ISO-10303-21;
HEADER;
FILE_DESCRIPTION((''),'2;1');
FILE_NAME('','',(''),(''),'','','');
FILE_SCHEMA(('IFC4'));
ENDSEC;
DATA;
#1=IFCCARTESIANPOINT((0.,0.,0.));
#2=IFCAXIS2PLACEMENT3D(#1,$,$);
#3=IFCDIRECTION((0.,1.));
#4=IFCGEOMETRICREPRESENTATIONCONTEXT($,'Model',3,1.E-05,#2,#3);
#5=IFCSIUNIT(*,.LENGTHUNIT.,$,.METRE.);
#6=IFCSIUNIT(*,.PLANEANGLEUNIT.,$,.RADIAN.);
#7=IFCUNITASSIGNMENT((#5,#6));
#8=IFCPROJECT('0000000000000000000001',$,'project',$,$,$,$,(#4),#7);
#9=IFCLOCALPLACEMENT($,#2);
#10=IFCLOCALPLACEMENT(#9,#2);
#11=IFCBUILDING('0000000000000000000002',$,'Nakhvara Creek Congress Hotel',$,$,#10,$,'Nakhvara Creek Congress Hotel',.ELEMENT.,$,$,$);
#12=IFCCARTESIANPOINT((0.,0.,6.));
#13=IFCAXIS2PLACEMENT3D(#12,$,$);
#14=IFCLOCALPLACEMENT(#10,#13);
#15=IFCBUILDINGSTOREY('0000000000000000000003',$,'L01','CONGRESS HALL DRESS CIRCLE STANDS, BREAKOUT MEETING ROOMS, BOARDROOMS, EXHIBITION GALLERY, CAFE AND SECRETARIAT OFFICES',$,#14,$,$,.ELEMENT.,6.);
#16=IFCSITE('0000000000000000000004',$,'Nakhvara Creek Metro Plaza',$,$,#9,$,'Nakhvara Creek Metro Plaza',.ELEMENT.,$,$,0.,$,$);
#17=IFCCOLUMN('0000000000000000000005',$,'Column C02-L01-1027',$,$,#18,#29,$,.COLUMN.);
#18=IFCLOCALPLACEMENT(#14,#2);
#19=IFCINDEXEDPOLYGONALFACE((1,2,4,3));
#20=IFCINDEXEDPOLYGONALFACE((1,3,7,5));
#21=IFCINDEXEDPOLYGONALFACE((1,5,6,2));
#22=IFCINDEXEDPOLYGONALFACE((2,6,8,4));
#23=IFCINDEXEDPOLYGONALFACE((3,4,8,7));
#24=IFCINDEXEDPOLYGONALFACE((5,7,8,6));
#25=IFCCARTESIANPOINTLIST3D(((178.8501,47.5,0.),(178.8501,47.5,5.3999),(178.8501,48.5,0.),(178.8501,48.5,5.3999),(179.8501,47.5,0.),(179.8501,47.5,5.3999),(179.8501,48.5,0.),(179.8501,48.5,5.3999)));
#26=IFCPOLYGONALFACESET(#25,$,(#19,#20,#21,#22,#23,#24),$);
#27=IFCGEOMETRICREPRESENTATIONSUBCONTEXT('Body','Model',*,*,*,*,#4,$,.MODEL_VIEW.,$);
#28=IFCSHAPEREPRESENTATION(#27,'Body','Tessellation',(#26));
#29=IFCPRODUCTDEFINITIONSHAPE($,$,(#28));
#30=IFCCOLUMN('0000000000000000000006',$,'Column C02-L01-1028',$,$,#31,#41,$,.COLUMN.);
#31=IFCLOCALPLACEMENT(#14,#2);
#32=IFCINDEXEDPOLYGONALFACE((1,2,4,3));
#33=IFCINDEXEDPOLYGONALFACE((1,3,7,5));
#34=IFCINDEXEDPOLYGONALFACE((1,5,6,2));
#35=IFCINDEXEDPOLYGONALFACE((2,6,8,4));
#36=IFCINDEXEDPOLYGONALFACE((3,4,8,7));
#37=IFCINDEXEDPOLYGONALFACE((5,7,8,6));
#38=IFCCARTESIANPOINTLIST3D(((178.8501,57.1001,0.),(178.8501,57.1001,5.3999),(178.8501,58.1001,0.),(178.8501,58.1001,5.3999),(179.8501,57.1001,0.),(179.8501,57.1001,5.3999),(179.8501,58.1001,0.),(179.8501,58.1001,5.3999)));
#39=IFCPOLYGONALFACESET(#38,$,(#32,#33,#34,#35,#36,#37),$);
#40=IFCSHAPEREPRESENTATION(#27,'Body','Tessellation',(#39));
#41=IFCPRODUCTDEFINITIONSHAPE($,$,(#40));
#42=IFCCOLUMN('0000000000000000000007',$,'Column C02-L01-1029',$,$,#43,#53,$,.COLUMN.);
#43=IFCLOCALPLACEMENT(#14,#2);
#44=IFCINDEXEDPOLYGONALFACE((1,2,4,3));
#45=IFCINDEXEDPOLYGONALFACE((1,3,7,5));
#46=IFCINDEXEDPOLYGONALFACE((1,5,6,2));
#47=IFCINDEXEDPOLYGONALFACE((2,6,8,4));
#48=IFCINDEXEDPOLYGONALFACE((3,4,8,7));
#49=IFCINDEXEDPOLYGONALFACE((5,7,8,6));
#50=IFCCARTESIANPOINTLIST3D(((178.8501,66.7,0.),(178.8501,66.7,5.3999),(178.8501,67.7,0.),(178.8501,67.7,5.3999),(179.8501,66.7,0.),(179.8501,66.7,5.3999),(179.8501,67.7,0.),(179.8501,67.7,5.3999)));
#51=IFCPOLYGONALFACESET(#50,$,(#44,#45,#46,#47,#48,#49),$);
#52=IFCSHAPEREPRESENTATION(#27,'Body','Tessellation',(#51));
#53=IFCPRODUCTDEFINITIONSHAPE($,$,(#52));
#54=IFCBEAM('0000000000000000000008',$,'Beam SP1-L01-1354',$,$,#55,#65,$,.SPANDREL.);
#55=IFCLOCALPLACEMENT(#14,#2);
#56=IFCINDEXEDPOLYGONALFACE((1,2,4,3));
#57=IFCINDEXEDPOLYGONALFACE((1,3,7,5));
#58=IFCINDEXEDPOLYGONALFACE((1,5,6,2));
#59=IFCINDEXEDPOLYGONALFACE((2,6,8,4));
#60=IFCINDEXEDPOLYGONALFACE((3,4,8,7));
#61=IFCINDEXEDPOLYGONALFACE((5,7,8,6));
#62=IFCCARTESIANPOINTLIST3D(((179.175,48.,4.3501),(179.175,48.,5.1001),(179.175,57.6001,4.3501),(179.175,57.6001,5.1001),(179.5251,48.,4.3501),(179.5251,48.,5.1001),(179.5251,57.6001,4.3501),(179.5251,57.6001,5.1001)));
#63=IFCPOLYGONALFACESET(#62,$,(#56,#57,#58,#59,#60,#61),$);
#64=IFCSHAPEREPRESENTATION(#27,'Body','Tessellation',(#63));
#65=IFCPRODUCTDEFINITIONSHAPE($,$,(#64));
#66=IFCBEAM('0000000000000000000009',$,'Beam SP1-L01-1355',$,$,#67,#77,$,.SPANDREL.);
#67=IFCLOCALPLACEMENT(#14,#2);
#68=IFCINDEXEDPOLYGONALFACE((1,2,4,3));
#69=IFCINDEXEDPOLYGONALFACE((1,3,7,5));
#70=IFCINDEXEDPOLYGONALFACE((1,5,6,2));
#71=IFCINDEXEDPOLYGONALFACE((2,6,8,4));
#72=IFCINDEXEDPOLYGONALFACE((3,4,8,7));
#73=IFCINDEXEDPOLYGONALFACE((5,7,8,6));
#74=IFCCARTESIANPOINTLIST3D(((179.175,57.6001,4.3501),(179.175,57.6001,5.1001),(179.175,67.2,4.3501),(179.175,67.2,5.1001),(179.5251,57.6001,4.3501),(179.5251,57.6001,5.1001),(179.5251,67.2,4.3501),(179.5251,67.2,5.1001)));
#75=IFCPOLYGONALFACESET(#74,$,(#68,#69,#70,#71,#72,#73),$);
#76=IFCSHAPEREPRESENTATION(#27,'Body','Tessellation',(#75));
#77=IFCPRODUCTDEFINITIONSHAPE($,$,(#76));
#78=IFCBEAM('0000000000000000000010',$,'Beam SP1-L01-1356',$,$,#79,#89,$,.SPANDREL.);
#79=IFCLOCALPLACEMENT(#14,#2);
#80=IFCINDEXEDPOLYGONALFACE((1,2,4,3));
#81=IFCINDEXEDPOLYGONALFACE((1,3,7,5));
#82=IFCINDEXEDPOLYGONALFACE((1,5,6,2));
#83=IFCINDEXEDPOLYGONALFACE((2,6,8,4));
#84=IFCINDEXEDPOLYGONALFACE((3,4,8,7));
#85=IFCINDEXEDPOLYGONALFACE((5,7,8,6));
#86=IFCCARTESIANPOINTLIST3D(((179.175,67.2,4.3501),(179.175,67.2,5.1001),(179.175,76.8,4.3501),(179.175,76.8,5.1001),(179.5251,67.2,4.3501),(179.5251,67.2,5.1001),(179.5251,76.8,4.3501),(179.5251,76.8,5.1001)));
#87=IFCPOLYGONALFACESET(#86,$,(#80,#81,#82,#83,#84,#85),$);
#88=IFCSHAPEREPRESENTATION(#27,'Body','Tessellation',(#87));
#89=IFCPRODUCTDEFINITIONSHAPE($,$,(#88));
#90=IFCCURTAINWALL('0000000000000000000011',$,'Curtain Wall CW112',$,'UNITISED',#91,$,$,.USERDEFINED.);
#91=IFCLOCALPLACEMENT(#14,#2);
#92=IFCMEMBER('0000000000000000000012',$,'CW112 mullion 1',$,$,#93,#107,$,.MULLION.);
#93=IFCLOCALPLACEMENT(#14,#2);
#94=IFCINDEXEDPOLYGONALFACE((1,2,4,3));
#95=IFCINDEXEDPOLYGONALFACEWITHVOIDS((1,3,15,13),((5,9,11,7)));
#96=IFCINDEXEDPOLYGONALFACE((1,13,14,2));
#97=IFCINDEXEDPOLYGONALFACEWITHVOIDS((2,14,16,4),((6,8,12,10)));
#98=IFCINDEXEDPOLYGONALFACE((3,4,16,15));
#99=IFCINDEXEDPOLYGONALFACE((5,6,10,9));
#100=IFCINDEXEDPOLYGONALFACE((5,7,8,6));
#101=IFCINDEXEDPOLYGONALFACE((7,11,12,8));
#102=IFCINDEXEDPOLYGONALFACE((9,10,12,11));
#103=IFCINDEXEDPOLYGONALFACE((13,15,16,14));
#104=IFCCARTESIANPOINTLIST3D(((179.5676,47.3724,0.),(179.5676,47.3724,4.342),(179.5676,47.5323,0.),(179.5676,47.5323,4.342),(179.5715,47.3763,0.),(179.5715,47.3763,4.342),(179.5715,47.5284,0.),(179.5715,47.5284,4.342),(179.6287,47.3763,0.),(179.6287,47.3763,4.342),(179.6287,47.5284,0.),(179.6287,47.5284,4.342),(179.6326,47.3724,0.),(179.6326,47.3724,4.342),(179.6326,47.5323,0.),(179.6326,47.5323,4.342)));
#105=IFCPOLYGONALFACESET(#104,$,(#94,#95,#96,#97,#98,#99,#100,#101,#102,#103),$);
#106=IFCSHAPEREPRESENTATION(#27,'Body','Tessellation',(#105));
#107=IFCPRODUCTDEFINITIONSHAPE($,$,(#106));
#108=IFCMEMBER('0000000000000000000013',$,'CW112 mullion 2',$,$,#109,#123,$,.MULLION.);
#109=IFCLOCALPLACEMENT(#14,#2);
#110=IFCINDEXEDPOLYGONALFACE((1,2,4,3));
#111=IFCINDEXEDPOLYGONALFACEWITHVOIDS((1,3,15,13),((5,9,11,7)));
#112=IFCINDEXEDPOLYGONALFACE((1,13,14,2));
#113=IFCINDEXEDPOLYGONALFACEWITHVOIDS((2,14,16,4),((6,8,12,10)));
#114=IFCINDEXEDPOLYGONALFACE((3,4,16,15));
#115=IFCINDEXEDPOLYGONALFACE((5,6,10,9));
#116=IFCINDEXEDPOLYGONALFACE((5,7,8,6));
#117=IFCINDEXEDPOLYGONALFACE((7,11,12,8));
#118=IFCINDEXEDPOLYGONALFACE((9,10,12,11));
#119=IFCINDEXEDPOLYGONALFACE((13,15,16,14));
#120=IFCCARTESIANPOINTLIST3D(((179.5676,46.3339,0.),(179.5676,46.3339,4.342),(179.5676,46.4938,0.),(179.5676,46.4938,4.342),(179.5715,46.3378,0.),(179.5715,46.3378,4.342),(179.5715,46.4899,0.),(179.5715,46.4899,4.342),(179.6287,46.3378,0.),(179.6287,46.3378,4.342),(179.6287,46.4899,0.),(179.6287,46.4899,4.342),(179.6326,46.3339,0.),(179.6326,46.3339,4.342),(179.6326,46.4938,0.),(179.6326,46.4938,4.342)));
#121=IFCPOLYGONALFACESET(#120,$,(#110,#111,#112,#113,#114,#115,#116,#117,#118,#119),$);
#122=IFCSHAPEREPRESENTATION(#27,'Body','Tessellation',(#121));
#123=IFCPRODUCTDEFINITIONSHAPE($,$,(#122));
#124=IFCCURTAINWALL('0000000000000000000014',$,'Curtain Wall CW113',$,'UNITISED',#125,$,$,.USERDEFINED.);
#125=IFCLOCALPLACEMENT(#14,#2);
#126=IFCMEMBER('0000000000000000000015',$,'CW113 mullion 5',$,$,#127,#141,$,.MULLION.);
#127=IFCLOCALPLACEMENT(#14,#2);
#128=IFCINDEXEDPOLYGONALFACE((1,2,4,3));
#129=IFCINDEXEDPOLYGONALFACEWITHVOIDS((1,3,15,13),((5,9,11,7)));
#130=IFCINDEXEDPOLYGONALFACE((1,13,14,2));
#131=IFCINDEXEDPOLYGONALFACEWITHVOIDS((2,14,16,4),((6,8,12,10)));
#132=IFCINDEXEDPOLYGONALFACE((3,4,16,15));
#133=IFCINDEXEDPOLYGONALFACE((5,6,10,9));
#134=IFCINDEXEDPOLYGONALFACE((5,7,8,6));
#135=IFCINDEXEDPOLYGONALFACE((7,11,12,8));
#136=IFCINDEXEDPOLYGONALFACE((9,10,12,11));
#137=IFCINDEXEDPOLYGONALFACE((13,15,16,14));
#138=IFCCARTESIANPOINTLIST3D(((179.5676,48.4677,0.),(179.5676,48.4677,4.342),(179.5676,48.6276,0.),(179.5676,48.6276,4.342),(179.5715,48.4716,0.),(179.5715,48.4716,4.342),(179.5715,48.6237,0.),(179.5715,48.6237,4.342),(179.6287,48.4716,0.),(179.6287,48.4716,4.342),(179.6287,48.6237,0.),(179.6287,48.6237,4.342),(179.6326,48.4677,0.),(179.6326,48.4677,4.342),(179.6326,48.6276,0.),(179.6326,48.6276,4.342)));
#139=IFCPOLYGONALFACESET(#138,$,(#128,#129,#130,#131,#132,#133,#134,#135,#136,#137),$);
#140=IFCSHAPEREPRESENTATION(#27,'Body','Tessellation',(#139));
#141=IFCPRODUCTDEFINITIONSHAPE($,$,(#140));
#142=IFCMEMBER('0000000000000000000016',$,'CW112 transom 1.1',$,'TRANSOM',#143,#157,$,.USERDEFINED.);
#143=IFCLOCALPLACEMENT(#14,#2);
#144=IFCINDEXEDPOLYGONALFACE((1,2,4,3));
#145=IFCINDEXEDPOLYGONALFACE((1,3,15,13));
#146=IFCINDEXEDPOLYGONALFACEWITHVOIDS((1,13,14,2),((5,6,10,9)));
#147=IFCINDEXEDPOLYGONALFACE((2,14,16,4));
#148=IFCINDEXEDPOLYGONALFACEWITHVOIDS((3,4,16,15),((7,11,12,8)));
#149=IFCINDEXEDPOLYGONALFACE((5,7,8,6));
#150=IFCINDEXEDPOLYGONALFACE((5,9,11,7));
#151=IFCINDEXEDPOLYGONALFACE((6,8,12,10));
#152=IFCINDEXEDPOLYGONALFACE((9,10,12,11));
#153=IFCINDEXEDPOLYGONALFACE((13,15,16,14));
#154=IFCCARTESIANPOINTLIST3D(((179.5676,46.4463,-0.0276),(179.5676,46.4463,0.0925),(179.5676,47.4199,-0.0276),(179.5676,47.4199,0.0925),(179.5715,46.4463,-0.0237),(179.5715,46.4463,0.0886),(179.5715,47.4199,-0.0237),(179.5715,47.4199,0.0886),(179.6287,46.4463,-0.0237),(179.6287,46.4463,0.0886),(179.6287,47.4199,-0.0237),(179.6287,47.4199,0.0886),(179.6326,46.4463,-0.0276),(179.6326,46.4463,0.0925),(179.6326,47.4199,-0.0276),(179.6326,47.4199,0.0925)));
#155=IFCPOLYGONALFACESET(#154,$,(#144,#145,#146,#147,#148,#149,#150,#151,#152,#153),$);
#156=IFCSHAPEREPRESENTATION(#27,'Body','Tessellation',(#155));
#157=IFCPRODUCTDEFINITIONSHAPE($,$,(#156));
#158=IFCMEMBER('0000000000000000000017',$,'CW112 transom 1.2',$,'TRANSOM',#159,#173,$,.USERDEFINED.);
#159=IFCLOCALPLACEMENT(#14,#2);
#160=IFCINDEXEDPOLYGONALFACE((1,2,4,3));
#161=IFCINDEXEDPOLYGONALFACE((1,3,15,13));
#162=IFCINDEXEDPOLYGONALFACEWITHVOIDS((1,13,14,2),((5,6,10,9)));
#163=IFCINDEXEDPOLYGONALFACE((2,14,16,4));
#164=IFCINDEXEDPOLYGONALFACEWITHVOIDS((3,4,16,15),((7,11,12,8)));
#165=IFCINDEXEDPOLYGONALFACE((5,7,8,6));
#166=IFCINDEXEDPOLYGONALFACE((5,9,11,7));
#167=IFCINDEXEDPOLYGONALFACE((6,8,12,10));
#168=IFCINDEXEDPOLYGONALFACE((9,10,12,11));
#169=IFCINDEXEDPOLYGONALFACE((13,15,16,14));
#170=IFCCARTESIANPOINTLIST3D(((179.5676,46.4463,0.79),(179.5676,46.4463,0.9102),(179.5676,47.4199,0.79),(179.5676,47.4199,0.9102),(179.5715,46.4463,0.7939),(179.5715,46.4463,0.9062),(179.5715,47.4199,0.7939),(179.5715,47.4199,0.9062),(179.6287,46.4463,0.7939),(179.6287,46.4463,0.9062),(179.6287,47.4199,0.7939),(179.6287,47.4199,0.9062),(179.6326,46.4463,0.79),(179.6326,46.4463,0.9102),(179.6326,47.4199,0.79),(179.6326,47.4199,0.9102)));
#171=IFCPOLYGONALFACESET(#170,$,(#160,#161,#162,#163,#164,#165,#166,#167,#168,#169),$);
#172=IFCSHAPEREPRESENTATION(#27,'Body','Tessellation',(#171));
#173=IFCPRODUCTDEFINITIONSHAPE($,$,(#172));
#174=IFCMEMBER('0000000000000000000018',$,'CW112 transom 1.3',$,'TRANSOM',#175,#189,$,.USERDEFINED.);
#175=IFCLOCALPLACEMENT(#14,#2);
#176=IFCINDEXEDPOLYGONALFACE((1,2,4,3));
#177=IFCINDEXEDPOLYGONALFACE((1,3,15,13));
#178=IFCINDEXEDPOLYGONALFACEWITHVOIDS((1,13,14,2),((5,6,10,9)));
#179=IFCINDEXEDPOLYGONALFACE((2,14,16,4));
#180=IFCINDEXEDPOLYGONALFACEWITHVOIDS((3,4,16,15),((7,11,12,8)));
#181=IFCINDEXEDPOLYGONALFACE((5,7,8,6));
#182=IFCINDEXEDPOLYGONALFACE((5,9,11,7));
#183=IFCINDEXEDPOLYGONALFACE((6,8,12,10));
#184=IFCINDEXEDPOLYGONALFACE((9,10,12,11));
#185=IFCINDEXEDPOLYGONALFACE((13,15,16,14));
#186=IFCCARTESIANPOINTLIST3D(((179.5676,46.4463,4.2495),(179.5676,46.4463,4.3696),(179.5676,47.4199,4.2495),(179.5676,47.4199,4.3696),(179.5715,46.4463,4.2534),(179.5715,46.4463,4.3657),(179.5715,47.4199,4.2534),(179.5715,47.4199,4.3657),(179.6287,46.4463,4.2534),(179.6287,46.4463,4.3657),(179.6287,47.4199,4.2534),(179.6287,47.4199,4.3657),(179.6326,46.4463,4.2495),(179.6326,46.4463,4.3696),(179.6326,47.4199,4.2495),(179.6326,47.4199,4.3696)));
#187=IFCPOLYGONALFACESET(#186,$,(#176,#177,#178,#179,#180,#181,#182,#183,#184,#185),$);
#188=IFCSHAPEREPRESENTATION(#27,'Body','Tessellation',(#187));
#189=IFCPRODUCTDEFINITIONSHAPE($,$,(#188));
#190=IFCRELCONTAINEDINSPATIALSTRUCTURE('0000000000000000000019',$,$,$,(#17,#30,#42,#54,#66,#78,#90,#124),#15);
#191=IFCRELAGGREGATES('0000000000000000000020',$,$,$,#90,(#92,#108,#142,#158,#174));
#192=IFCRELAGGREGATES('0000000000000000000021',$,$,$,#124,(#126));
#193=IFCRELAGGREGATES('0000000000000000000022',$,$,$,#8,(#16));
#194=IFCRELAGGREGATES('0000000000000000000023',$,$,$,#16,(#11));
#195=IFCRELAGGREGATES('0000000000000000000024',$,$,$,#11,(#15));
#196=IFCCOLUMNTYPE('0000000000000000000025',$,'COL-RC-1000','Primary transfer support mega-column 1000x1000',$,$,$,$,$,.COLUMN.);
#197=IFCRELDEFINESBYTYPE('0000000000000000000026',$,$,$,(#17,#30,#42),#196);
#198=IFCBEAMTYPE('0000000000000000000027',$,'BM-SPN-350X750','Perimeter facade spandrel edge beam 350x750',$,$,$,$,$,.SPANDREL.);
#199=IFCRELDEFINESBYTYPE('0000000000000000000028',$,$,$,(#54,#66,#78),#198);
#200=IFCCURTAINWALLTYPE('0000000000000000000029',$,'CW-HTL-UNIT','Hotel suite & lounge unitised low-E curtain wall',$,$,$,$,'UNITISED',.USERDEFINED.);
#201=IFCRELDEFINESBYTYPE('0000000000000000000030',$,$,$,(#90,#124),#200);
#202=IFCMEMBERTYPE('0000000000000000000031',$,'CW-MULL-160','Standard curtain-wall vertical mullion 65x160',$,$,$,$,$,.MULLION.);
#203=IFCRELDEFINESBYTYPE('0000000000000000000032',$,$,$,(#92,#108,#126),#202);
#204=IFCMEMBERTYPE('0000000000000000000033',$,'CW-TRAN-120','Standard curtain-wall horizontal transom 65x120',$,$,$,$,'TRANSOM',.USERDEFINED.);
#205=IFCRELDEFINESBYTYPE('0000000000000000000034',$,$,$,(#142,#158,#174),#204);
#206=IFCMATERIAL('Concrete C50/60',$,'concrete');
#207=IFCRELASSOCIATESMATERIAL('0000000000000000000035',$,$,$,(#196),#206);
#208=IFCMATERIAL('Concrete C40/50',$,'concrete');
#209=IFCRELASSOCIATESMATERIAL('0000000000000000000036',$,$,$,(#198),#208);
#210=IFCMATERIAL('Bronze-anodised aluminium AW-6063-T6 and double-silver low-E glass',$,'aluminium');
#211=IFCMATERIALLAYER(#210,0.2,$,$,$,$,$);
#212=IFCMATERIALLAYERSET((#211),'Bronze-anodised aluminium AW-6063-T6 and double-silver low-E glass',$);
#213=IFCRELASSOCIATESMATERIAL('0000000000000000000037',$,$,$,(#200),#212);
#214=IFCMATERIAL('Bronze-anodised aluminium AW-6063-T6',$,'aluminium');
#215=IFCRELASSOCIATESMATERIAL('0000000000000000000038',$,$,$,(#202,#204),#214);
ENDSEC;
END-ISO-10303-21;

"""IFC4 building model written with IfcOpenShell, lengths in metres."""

from ifc_helpers import new_model, si_unit, direction, frame, origin, origin_2d, place, context, subcontext, project, spatial, rectangle, hollow_rectangle, extrude, material, layer, layer_set, material_profile, profile_set, type_object, element, aggregate, save


model = new_model("IFC4")

# Units and contexts
model_context = context("Model", 3, precision=1e-05, world=origin(), true_north=direction((0.0, 1.0)))
body_context = subcontext(model_context, "Body", "Model", "MODEL_VIEW")
ifc_project = project(units=[si_unit("LENGTHUNIT", "METRE"), si_unit("PLANEANGLEUNIT", "RADIAN")], contexts=[model_context])

# Site, building, storey
site_placement = place(None, origin())
site = spatial("IfcSite", under=ifc_project, at=site_placement, Name="Nakhvara Creek Metro Plaza", LongName="Nakhvara Creek Metro Plaza", CompositionType="ELEMENT", RefElevation=0.0)
building_placement = place(site_placement, origin())
building = spatial("IfcBuilding", under=site, at=building_placement, Name="Nakhvara Creek Congress Hotel", LongName="Nakhvara Creek Congress Hotel", CompositionType="ELEMENT")
storey_placement = place(building_placement, frame((0.0, 0.0, 6.0)))
storey = spatial("IfcBuildingStorey", under=building, at=storey_placement, Name="L01", Description="CONGRESS HALL DRESS CIRCLE STANDS, BREAKOUT MEETING ROOMS, BOARDROOMS, EXHIBITION GALLERY, CAFE AND SECRETARIAT OFFICES", CompositionType="ELEMENT", Elevation=6.0)

# Columns
ifc_material_1 = material(Name="Concrete C50/60", Category="concrete")
ifc_material_profile_1 = material_profile(ifc_material_1, rectangle(XDim=1.0, YDim=1.0, at=origin_2d()), Name="RC-COL 1000x1000", Category="LoadBearing")
ifc_profile_set_1 = profile_set([ifc_material_profile_1], Name="Concrete C50/60")
column_type = type_object("IfcColumnType", Name="COL-RC-1000", Description="Primary transfer support mega-column 1000x1000", PredefinedType="COLUMN", material=ifc_profile_set_1)
for number, where, z_axis, x_axis, name in (
    (1, (179.3501, 48.0, 0.0), (0.0, 0.0, 1.0), (1.0, 0.0, 0.0), "Column C02-L01-1027"),
    (2, (179.3501, 57.6001, 0.0), (0.0, 0.0, 1.0), (1.0, 0.0, 0.0), "Column C02-L01-1028"),
    (3, (179.3501, 67.2, 0.0), (0.0, 0.0, 1.0), (1.0, 0.0, 0.0), "Column C02-L01-1029"),
):
    element("IfcColumn", number, at=place(storey_placement, frame(where, z_axis=z_axis, x_axis=x_axis)), inside=storey, type_object=column_type, Name=name, PredefinedType="COLUMN", context=body_context, shape_type="SweptSolid", body=[
        extrude(rectangle(XDim=1.0, YDim=1.0, at=origin_2d()), origin(), (0.0, 0.0, 1.0), 5.3999),
    ])

# Beams
ifc_material_2 = material(Name="Concrete C40/50", Category="concrete")
ifc_material_profile_2 = material_profile(ifc_material_2, rectangle(XDim=0.3501, YDim=0.75, at=origin_2d()), Name="RC-SPANDREL 350x750", Category="LoadBearing")
ifc_profile_set_2 = profile_set([ifc_material_profile_2], Name="Concrete C40/50")
beam_type = type_object("IfcBeamType", Name="BM-SPN-350X750", Description="Perimeter facade spandrel edge beam 350x750", PredefinedType="SPANDREL", material=ifc_profile_set_2)
beam_1_placement = place(storey_placement, frame((179.3501, 48.0, 4.7251), z_axis=(0.0, 1.0, 0.0), x_axis=(-1.0, 0.0, 0.0)))
element("IfcBeam", 4, at=beam_1_placement, inside=storey, type_object=beam_type, Name="Beam SP1-L01-1354", PredefinedType="SPANDREL", context=body_context, shape_type="SweptSolid", body=[
    extrude(rectangle(XDim=0.3501, YDim=0.75, at=origin_2d()), origin(), (0.0, 0.0, 1.0), 9.6001),
])
beam_2_placement = place(storey_placement, frame((179.3501, 57.6001, 4.7251), z_axis=(0.0, 1.0, 0.0), x_axis=(-1.0, 0.0, 0.0)))
element("IfcBeam", 5, at=beam_2_placement, inside=storey, type_object=beam_type, Name="Beam SP1-L01-1355", PredefinedType="SPANDREL", context=body_context, shape_type="SweptSolid", body=[
    extrude(rectangle(XDim=0.3501, YDim=0.75, at=origin_2d()), origin(), (0.0, 0.0, 1.0), 9.5999),
])
beam_3_placement = place(storey_placement, frame((179.3501, 67.2, 4.7251), z_axis=(0.0, 1.0, 0.0), x_axis=(-1.0, 0.0, 0.0)))
element("IfcBeam", 6, at=beam_3_placement, inside=storey, type_object=beam_type, Name="Beam SP1-L01-1356", PredefinedType="SPANDREL", context=body_context, shape_type="SweptSolid", body=[
    extrude(rectangle(XDim=0.3501, YDim=0.75, at=origin_2d()), origin(), (0.0, 0.0, 1.0), 9.6001),
])

# Curtain wall, members
ifc_material_3 = material(Name="Bronze-anodised aluminium AW-6063-T6 and double-silver low-E glass", Category="aluminium")
ifc_layer_1 = layer(ifc_material_3, 0.2)
ifc_layer_set_1 = layer_set([ifc_layer_1], Name="Bronze-anodised aluminium AW-6063-T6 and double-silver low-E glass")
curtain_wall_type = type_object("IfcCurtainWallType", Name="CW-HTL-UNIT", Description="Hotel suite & lounge unitised low-E curtain wall", ElementType="UNITISED", PredefinedType="USERDEFINED", material=ifc_layer_set_1)
curtain_wall_1_placement = place(storey_placement, origin())
curtain_wall_1 = element("IfcCurtainWall", 7, at=curtain_wall_1_placement, inside=storey, type_object=curtain_wall_type, Name="Curtain Wall CW112", ObjectType="UNITISED", PredefinedType="USERDEFINED")
ifc_material_4 = material(Name="Bronze-anodised aluminium AW-6063-T6", Category="aluminium")
ifc_material_profile_3 = material_profile(ifc_material_4, hollow_rectangle(XDim=0.0649, YDim=0.1599, WallThickness=0.0039, at=origin_2d()), Name="ALU-MULL 65x160x4", Category="LoadBearing")
ifc_profile_set_3 = profile_set([ifc_material_profile_3], Name="Bronze-anodised aluminium AW-6063-T6")
member_type_1 = type_object("IfcMemberType", Name="CW-MULL-160", Description="Standard curtain-wall vertical mullion 65x160", PredefinedType="MULLION", material=ifc_profile_set_3)
member_1_placement = place(storey_placement, frame((179.6001, 47.4524, 0.0), z_axis=(0.0, 0.0, 1.0), x_axis=(1.0, 0.0, 0.0)))
member_1 = element("IfcMember", 8, at=member_1_placement, type_object=member_type_1, Name="CW112 mullion 1", PredefinedType="MULLION", context=body_context, shape_type="SweptSolid", body=[
    extrude(hollow_rectangle(XDim=0.0649, YDim=0.1599, WallThickness=0.0039, at=origin_2d()), origin(), (0.0, 0.0, 1.0), 4.342),
])
member_2_placement = place(storey_placement, frame((179.6001, 46.4138, 0.0), z_axis=(0.0, 0.0, 1.0), x_axis=(1.0, 0.0, 0.0)))
member_2 = element("IfcMember", 9, at=member_2_placement, type_object=member_type_1, Name="CW112 mullion 2", PredefinedType="MULLION", context=body_context, shape_type="SweptSolid", body=[
    extrude(hollow_rectangle(XDim=0.0649, YDim=0.1599, WallThickness=0.0039, at=origin_2d()), origin(), (0.0, 0.0, 1.0), 4.342),
])

# Curtain wall, member
curtain_wall_2_placement = place(storey_placement, origin())
curtain_wall_2 = element("IfcCurtainWall", 10, at=curtain_wall_2_placement, inside=storey, type_object=curtain_wall_type, Name="Curtain Wall CW113", ObjectType="UNITISED", PredefinedType="USERDEFINED")
member_3_placement = place(storey_placement, frame((179.6001, 48.5476, 0.0), z_axis=(0.0, 0.0, 1.0), x_axis=(1.0, 0.0, 0.0)))
member_3 = element("IfcMember", 11, at=member_3_placement, type_object=member_type_1, Name="CW113 mullion 5", PredefinedType="MULLION", context=body_context, shape_type="SweptSolid", body=[
    extrude(hollow_rectangle(XDim=0.0649, YDim=0.1599, WallThickness=0.0039, at=origin_2d()), origin(), (0.0, 0.0, 1.0), 4.342),
])

# Members
ifc_material_profile_4 = material_profile(ifc_material_4, hollow_rectangle(XDim=0.0649, YDim=0.1201, WallThickness=0.0039, at=origin_2d()), Name="ALU-TRAN 65x120x4", Category="LoadBearing")
ifc_profile_set_4 = profile_set([ifc_material_profile_4], Name="Bronze-anodised aluminium AW-6063-T6")
member_type_2 = type_object("IfcMemberType", Name="CW-TRAN-120", Description="Standard curtain-wall horizontal transom 65x120", ElementType="TRANSOM", PredefinedType="USERDEFINED", material=ifc_profile_set_4)
member_4_placement = place(storey_placement, frame((179.6001, 47.4199, 0.0325), z_axis=(0.0, -1.0, 0.0), x_axis=(1.0, 0.0, 0.0)))
member_4 = element("IfcMember", 12, at=member_4_placement, type_object=member_type_2, Name="CW112 transom 1.1", ObjectType="TRANSOM", PredefinedType="USERDEFINED", context=body_context, shape_type="SweptSolid", body=[
    extrude(hollow_rectangle(XDim=0.0649, YDim=0.1201, WallThickness=0.0039, at=origin_2d()), origin(), (0.0, 0.0, 1.0), 0.9736),
])
member_5_placement = place(storey_placement, frame((179.6001, 47.4199, 0.8501), z_axis=(0.0, -1.0, 0.0), x_axis=(1.0, 0.0, 0.0)))
member_5 = element("IfcMember", 13, at=member_5_placement, type_object=member_type_2, Name="CW112 transom 1.2", ObjectType="TRANSOM", PredefinedType="USERDEFINED", context=body_context, shape_type="SweptSolid", body=[
    extrude(hollow_rectangle(XDim=0.0649, YDim=0.1201, WallThickness=0.0039, at=origin_2d()), origin(), (0.0, 0.0, 1.0), 0.9736),
])
member_6_placement = place(storey_placement, frame((179.6001, 47.4199, 4.3096), z_axis=(0.0, -1.0, 0.0), x_axis=(1.0, 0.0, 0.0)))
member_6 = element("IfcMember", 14, at=member_6_placement, type_object=member_type_2, Name="CW112 transom 1.3", ObjectType="TRANSOM", PredefinedType="USERDEFINED", context=body_context, shape_type="SweptSolid", body=[
    extrude(hollow_rectangle(XDim=0.0649, YDim=0.1201, WallThickness=0.0039, at=origin_2d()), origin(), (0.0, 0.0, 1.0), 0.9736),
])

aggregate(curtain_wall_1, [member_1, member_2, member_4, member_5, member_6])
aggregate(curtain_wall_2, [member_3])

save(model, "model.ifc")
